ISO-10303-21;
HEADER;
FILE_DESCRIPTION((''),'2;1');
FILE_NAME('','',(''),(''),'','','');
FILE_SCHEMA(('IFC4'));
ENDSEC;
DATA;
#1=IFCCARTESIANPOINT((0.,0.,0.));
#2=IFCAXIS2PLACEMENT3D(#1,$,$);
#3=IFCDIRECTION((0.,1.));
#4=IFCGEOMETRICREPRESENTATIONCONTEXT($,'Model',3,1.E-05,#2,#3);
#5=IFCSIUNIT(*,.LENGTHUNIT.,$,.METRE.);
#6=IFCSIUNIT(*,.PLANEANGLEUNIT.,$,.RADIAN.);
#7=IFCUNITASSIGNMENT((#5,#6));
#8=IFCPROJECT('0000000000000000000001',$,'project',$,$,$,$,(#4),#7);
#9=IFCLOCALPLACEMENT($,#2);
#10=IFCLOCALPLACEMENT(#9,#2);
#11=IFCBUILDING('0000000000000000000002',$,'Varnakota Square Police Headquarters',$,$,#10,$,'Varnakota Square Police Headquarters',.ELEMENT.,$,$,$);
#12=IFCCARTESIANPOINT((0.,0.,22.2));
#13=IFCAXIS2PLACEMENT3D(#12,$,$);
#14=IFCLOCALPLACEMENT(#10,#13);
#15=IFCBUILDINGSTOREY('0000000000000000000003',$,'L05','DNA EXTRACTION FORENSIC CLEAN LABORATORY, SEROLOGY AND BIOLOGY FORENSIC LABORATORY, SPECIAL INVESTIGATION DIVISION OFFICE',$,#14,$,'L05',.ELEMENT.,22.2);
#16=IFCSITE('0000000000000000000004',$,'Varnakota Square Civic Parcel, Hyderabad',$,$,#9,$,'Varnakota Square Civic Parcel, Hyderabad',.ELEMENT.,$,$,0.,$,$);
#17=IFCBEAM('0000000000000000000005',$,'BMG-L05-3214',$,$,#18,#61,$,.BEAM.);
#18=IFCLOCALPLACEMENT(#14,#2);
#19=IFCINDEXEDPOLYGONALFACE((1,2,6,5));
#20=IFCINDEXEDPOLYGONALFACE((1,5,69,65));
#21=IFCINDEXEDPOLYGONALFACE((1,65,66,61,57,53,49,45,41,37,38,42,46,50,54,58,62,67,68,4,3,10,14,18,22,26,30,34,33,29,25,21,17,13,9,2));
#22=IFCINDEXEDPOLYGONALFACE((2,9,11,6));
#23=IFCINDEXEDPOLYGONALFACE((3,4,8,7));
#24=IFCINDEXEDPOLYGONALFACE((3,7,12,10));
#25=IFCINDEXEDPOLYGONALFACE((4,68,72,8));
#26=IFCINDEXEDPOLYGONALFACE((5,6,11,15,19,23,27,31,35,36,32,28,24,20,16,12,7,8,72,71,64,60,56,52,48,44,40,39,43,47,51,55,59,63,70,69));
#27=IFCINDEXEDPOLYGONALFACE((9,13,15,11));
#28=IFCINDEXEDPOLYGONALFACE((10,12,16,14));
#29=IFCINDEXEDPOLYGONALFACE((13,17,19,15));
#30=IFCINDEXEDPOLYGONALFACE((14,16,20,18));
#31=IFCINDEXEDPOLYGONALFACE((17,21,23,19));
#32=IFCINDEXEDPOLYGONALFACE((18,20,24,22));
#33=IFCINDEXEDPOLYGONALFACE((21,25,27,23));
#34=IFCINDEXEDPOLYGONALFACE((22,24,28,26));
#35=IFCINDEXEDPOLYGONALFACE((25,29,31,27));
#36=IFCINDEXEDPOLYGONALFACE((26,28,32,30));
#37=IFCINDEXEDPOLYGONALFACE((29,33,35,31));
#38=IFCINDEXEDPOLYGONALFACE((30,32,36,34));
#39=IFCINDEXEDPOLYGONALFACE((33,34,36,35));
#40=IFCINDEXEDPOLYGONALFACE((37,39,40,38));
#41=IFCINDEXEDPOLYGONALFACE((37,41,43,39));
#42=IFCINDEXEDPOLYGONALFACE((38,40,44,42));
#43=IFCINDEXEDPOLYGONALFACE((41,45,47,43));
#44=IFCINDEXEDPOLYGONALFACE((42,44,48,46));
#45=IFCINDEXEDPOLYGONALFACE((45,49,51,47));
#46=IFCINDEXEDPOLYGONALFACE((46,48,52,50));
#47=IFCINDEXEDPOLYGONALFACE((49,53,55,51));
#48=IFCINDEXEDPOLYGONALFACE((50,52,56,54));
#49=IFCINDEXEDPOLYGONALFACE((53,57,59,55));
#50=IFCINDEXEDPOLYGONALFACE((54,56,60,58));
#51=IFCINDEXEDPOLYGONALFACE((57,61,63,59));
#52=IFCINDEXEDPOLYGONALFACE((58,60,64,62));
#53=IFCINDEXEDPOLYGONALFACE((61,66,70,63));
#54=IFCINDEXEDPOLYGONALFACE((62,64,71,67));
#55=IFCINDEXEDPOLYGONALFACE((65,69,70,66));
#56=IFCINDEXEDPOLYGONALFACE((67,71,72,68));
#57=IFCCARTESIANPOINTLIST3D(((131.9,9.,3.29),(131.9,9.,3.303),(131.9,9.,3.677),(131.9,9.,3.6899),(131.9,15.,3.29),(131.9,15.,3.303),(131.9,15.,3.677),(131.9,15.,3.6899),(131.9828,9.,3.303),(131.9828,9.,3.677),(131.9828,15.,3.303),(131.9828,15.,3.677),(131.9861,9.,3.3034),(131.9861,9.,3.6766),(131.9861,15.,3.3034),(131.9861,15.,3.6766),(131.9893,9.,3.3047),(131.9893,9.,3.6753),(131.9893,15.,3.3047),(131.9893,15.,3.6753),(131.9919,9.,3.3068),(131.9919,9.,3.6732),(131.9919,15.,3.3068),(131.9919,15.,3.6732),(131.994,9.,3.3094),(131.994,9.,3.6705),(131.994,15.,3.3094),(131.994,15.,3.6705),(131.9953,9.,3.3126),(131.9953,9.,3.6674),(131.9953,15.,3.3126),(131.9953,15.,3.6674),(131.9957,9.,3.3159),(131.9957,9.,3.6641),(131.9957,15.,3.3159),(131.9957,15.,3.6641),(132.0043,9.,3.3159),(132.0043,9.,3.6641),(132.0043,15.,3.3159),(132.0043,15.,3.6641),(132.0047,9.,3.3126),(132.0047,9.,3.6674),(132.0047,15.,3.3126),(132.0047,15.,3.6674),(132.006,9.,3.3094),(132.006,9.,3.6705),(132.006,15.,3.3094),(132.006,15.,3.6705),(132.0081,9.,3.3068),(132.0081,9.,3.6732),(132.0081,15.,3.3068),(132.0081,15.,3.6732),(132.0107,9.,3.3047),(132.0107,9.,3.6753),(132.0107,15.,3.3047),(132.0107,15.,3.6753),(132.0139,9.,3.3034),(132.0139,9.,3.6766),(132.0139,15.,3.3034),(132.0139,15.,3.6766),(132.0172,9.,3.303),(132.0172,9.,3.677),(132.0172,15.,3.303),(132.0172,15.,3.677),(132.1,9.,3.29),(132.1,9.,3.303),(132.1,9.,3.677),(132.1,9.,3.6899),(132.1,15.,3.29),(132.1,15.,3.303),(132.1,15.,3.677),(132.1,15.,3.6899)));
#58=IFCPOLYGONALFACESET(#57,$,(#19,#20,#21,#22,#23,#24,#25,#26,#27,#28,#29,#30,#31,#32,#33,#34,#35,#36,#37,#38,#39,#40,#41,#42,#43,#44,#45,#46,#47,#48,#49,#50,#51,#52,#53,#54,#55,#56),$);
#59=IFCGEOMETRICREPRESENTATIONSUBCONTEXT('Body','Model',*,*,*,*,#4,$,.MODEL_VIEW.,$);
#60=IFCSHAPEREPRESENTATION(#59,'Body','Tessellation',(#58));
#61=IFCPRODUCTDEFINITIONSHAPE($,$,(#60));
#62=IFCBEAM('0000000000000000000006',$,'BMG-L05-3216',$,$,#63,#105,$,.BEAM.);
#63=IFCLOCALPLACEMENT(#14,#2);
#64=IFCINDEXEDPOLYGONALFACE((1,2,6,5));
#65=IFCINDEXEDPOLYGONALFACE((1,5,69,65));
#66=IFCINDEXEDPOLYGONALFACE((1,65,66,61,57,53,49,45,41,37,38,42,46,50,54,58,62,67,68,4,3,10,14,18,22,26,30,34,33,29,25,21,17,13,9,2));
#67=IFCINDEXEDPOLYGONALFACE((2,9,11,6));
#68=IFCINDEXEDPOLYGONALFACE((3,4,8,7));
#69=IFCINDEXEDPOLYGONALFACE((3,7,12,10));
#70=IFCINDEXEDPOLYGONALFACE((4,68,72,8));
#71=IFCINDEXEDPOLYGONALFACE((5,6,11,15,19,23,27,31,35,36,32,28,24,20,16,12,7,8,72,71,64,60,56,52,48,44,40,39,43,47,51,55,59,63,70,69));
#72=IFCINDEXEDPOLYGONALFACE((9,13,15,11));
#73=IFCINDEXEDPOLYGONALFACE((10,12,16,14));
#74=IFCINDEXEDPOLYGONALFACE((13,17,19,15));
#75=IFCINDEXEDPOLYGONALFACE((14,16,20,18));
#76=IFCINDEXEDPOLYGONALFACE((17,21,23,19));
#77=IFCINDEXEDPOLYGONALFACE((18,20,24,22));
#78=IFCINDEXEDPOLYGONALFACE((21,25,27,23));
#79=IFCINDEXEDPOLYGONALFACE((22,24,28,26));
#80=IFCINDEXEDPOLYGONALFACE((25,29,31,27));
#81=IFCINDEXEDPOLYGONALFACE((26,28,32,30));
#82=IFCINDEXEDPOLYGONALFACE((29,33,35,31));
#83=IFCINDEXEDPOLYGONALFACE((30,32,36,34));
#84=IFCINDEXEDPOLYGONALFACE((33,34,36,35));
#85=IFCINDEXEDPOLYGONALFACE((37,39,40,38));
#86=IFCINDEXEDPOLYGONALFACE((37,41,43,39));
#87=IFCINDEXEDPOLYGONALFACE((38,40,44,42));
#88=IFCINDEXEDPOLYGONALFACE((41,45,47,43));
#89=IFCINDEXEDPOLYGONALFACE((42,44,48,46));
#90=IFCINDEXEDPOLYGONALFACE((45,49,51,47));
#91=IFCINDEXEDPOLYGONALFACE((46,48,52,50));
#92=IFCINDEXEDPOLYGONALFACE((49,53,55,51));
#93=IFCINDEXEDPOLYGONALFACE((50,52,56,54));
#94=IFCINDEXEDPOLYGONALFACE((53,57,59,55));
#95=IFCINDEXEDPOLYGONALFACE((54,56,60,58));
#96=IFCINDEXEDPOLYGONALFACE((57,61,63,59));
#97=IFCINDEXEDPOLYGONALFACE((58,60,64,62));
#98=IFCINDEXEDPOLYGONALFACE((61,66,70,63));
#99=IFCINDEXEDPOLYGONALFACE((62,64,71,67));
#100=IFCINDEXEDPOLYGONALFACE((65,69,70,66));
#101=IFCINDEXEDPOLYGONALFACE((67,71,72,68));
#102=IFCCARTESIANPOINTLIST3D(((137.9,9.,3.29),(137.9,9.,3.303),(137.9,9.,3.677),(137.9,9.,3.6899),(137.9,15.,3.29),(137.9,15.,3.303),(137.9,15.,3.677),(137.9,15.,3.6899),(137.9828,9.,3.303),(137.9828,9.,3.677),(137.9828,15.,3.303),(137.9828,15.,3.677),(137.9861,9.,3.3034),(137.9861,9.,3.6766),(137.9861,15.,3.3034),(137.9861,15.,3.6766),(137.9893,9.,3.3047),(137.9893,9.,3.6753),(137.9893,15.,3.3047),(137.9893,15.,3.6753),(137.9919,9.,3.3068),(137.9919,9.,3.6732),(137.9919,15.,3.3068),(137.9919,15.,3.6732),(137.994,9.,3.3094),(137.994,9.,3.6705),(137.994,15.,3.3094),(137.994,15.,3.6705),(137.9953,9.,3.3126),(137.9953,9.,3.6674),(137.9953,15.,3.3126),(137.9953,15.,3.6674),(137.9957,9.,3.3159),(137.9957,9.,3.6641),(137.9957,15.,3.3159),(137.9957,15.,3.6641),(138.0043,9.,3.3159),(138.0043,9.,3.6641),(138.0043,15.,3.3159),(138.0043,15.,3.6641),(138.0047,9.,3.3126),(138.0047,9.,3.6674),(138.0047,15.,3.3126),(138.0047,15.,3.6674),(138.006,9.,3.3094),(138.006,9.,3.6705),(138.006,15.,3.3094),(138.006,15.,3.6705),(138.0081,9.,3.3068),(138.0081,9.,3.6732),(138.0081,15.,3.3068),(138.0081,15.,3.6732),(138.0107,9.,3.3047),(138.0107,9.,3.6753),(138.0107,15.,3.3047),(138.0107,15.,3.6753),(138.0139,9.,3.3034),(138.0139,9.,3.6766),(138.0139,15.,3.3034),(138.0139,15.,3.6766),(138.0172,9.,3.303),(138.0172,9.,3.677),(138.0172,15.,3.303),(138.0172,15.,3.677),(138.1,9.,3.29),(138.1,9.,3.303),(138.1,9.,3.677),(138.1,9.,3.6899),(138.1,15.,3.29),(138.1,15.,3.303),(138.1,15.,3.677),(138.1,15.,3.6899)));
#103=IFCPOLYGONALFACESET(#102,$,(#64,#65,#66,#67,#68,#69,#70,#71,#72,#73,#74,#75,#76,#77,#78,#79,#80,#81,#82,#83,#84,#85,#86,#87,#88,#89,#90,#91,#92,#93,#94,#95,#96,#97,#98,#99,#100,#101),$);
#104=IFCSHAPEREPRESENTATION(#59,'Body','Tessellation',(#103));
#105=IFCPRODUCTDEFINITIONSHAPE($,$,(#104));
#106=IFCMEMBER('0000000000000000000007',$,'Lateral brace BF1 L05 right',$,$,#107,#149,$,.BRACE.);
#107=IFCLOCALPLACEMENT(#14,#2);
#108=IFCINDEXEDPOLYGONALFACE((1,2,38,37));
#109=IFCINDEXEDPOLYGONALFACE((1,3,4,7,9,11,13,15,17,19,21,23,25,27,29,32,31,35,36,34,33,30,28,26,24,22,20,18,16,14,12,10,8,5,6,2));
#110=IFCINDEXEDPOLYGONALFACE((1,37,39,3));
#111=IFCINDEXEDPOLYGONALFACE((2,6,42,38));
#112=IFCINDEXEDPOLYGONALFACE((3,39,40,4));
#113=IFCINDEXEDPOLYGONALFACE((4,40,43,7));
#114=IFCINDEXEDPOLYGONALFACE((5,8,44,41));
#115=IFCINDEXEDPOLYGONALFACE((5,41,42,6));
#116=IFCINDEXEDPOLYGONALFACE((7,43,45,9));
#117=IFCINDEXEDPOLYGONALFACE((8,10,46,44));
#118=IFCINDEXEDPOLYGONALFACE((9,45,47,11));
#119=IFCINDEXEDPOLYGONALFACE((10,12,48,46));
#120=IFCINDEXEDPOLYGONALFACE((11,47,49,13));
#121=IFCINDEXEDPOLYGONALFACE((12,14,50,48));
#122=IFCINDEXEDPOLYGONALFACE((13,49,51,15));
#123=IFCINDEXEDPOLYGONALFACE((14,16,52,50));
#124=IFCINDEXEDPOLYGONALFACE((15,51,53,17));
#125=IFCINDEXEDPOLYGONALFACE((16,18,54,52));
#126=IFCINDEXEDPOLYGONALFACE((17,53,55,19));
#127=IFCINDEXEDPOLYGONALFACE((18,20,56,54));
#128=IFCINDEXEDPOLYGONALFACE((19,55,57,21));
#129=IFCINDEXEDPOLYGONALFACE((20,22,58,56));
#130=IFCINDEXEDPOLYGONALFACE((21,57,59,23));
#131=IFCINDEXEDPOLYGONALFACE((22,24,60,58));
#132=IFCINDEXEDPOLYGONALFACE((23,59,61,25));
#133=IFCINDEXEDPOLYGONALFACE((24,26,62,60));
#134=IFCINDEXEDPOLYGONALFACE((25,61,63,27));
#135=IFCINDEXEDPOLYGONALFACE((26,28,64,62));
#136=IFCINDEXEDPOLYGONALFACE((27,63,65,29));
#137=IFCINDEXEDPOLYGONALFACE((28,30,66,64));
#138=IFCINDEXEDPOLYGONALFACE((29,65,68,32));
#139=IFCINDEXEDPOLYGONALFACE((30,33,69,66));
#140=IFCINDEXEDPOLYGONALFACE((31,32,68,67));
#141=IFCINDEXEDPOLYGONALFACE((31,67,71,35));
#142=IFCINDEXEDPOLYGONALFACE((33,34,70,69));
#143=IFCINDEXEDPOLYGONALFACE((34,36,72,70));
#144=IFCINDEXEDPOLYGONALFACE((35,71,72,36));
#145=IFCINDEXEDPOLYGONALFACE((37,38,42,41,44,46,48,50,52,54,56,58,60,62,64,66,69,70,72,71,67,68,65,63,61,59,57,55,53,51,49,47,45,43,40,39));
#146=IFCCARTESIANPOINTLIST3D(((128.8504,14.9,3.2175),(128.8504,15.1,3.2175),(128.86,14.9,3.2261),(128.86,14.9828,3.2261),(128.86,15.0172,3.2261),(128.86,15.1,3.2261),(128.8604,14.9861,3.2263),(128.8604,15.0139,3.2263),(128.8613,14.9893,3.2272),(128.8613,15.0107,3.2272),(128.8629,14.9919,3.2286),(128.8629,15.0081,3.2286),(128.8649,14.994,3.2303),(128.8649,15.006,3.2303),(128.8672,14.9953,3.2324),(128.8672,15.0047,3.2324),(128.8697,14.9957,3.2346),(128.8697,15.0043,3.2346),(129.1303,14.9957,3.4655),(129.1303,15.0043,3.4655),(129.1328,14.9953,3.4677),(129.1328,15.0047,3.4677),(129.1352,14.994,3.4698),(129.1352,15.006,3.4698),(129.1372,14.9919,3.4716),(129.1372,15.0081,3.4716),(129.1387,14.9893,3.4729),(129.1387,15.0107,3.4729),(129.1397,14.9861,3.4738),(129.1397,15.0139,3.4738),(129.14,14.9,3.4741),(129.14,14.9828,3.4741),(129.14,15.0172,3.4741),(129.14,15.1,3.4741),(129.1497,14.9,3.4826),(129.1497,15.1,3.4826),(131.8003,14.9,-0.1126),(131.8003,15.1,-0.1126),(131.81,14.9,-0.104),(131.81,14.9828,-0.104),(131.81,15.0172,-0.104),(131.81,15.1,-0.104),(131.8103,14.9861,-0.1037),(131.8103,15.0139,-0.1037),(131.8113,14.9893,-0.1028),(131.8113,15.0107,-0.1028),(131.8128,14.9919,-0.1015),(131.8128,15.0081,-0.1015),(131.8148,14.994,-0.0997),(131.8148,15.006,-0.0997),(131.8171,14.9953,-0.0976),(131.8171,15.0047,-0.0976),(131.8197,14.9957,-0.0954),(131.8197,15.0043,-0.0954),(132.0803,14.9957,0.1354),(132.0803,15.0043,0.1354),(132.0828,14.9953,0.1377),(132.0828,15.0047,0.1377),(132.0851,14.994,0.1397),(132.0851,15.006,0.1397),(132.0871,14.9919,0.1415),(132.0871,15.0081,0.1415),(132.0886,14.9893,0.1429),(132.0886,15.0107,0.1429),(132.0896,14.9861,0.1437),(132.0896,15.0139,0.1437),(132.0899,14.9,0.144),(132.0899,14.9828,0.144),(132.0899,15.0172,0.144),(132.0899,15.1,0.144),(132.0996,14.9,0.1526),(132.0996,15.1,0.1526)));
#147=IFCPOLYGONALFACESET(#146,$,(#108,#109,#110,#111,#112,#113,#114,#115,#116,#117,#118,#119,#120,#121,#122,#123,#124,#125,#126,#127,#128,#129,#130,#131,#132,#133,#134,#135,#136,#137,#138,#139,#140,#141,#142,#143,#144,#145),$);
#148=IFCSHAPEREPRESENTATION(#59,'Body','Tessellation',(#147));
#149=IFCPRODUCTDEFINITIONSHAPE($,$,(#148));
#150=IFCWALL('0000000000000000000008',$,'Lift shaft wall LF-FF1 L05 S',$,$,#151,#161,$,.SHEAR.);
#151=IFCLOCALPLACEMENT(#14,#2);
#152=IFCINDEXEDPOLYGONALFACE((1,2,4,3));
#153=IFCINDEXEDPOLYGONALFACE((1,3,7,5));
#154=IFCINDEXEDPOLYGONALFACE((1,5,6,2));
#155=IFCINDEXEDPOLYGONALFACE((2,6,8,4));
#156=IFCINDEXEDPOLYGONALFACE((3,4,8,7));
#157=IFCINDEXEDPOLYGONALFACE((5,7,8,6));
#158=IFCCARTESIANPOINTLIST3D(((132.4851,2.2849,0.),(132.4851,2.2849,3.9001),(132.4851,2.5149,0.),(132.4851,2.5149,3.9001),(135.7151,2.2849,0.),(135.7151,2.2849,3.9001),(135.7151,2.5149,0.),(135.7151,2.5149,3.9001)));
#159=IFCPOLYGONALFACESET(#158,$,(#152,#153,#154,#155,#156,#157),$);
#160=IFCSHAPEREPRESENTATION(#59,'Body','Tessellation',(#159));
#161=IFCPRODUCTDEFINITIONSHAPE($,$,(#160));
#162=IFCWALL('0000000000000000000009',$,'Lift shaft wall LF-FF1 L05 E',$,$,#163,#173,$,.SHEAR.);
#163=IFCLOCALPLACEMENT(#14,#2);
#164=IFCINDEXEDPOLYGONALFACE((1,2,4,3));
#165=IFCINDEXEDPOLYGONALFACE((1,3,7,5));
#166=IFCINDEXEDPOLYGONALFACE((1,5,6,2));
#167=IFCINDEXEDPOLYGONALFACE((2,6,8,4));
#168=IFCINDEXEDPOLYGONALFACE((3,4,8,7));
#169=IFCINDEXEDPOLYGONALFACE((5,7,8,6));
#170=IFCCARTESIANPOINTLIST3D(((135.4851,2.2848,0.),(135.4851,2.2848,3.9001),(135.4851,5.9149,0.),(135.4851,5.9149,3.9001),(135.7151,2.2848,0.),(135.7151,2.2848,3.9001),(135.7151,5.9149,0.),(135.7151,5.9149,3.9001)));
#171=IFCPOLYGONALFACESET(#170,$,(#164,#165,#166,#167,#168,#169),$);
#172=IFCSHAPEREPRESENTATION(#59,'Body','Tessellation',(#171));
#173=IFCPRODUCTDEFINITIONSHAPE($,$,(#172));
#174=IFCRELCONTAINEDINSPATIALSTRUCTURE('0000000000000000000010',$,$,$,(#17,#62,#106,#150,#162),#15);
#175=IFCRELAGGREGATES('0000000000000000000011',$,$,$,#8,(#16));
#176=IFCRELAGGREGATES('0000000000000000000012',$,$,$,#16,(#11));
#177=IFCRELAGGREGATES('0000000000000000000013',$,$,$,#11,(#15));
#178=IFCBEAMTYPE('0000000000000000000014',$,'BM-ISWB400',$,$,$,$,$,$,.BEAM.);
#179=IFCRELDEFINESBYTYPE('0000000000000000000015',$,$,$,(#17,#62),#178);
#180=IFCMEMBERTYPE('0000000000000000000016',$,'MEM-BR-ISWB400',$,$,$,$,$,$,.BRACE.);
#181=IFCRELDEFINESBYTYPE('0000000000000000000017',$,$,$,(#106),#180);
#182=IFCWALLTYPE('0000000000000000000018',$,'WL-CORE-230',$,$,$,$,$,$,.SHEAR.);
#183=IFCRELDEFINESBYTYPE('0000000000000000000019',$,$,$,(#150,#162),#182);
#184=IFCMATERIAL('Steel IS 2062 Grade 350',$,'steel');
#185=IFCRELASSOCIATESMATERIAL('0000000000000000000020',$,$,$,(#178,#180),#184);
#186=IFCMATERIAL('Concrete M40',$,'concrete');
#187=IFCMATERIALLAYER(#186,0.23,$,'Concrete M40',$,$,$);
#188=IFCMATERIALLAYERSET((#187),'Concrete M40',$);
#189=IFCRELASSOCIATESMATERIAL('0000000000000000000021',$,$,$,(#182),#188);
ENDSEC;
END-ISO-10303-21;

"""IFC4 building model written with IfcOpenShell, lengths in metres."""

from ifc_helpers import new_model, si_unit, direction, frame, frame_2d, origin, origin_2d, place, context, subcontext, project, spatial, rectangle, i_section, extrude, material, layer, layer_set, material_profile, profile_set, type_object, element, save


model = new_model("IFC4")

# Units and contexts
model_context = context("Model", 3, precision=1e-05, world=origin(), true_north=direction((0.0, 1.0)))
body_context = subcontext(model_context, "Body", "Model", "MODEL_VIEW")
ifc_project = project(units=[si_unit("LENGTHUNIT", "METRE"), si_unit("PLANEANGLEUNIT", "RADIAN")], contexts=[model_context])

# Site, building, storey
site_placement = place(None, origin())
site = spatial("IfcSite", under=ifc_project, at=site_placement, Name="Varnakota Square Civic Parcel, Hyderabad", LongName="Varnakota Square Civic Parcel, Hyderabad", CompositionType="ELEMENT", RefElevation=0.0)
building_placement = place(site_placement, origin())
building = spatial("IfcBuilding", under=site, at=building_placement, Name="Varnakota Square Police Headquarters", LongName="Varnakota Square Police Headquarters", CompositionType="ELEMENT")
storey_placement = place(building_placement, frame((0.0, 0.0, 22.2)))
storey = spatial("IfcBuildingStorey", under=building, at=storey_placement, Name="L05", Description="DNA EXTRACTION FORENSIC CLEAN LABORATORY, SEROLOGY AND BIOLOGY FORENSIC LABORATORY, SPECIAL INVESTIGATION DIVISION OFFICE", LongName="L05", CompositionType="ELEMENT", Elevation=22.2)

# Shared definitions
ifc_material_1 = material(Name="Steel IS 2062 Grade 350", Category="steel")

# Beams
ifc_material_profile_1 = material_profile(ifc_material_1, i_section(OverallWidth=0.2, OverallDepth=0.3999, WebThickness=0.0085, FlangeThickness=0.0129, FilletRadius=0.0129, at=origin_2d()), Name="ISWB 400")
ifc_profile_set_1 = profile_set([ifc_material_profile_1], Name="Steel IS 2062 Grade 350")
beam_type_1 = type_object("IfcBeamType", Name="BM-ISWB400", PredefinedType="BEAM", material=ifc_profile_set_1)
for number, where, z_axis, x_axis, name in (
    (1, (132.0, 9.0, 3.49), (0.0, 1.0, 0.0), (-1.0, 0.0, 0.0), "BMG-L05-3214"),
    (2, (138.0, 9.0, 3.49), (0.0, 1.0, 0.0), (-1.0, 0.0, 0.0), "BMG-L05-3216"),
):
    element("IfcBeam", number, at=place(storey_placement, frame(where, z_axis=z_axis, x_axis=x_axis)), inside=storey, type_object=beam_type_1, Name=name, PredefinedType="BEAM", context=body_context, shape_type="SweptSolid", body=[
        extrude(i_section(OverallWidth=0.2, OverallDepth=0.3999, WebThickness=0.0085, FlangeThickness=0.0129, FilletRadius=0.0129, at=origin_2d()), origin(), (0.0, 0.0, 1.0), 6.0),
    ])

# Member
ifc_material_profile_2 = material_profile(ifc_material_1, i_section(OverallWidth=0.2, OverallDepth=0.3999, WebThickness=0.0085, FlangeThickness=0.0129, FilletRadius=0.0129, at=origin_2d()), Name="ISWB 400")
ifc_profile_set_2 = profile_set([ifc_material_profile_2], Name="Steel IS 2062 Grade 350")
member_type = type_object("IfcMemberType", Name="MEM-BR-ISWB400", PredefinedType="BRACE", material=ifc_profile_set_2)
member_placement = place(storey_placement, frame((131.95, 15.0, 0.02), z_axis=(-0.663092, 0.0, 0.748538), x_axis=(0.0, -1.0, 0.0)))
element("IfcMember", 3, at=member_placement, inside=storey, type_object=member_type, Name="Lateral brace BF1 L05 right", PredefinedType="BRACE", context=body_context, shape_type="SweptSolid", body=[
    extrude(i_section(OverallWidth=0.2, OverallDepth=0.3999, WebThickness=0.0085, FlangeThickness=0.0129, FilletRadius=0.0129, at=origin_2d()), origin(), (0.0, 0.0, 1.0), 4.4487),
])

# Walls
ifc_material_2 = material(Name="Concrete M40", Category="concrete")
ifc_layer_1 = layer(ifc_material_2, 0.23, Name="Concrete M40")
ifc_layer_set_1 = layer_set([ifc_layer_1], Name="Concrete M40")
wall_type_1 = type_object("IfcWallType", Name="WL-CORE-230", PredefinedType="SHEAR", material=ifc_layer_set_1)
wall_1_placement = place(storey_placement, frame((132.4851, 2.3999, 0.0), z_axis=(0.0, 0.0, 1.0), x_axis=(1.0, 0.0, 0.0)))
element("IfcWall", 4, at=wall_1_placement, inside=storey, type_object=wall_type_1, Name="Lift shaft wall LF-FF1 L05 S", PredefinedType="SHEAR", context=body_context, shape_type="SweptSolid", body=[
    extrude(rectangle(XDim=3.23, YDim=0.23, at=frame_2d((1.615, 0.0))), origin(), (0.0, 0.0, 1.0), 3.9001),
])
wall_2_placement = place(storey_placement, frame((135.6001, 2.2849, 0.0), z_axis=(0.0, 0.0, 1.0), x_axis=(0.0, 1.0, 0.0)))
element("IfcWall", 5, at=wall_2_placement, inside=storey, type_object=wall_type_1, Name="Lift shaft wall LF-FF1 L05 E", PredefinedType="SHEAR", context=body_context, shape_type="SweptSolid", body=[
    extrude(rectangle(XDim=3.6301, YDim=0.23, at=frame_2d((1.8149, 0.0))), origin(), (0.0, 0.0, 1.0), 3.9001),
])

save(model, "model.ifc")
